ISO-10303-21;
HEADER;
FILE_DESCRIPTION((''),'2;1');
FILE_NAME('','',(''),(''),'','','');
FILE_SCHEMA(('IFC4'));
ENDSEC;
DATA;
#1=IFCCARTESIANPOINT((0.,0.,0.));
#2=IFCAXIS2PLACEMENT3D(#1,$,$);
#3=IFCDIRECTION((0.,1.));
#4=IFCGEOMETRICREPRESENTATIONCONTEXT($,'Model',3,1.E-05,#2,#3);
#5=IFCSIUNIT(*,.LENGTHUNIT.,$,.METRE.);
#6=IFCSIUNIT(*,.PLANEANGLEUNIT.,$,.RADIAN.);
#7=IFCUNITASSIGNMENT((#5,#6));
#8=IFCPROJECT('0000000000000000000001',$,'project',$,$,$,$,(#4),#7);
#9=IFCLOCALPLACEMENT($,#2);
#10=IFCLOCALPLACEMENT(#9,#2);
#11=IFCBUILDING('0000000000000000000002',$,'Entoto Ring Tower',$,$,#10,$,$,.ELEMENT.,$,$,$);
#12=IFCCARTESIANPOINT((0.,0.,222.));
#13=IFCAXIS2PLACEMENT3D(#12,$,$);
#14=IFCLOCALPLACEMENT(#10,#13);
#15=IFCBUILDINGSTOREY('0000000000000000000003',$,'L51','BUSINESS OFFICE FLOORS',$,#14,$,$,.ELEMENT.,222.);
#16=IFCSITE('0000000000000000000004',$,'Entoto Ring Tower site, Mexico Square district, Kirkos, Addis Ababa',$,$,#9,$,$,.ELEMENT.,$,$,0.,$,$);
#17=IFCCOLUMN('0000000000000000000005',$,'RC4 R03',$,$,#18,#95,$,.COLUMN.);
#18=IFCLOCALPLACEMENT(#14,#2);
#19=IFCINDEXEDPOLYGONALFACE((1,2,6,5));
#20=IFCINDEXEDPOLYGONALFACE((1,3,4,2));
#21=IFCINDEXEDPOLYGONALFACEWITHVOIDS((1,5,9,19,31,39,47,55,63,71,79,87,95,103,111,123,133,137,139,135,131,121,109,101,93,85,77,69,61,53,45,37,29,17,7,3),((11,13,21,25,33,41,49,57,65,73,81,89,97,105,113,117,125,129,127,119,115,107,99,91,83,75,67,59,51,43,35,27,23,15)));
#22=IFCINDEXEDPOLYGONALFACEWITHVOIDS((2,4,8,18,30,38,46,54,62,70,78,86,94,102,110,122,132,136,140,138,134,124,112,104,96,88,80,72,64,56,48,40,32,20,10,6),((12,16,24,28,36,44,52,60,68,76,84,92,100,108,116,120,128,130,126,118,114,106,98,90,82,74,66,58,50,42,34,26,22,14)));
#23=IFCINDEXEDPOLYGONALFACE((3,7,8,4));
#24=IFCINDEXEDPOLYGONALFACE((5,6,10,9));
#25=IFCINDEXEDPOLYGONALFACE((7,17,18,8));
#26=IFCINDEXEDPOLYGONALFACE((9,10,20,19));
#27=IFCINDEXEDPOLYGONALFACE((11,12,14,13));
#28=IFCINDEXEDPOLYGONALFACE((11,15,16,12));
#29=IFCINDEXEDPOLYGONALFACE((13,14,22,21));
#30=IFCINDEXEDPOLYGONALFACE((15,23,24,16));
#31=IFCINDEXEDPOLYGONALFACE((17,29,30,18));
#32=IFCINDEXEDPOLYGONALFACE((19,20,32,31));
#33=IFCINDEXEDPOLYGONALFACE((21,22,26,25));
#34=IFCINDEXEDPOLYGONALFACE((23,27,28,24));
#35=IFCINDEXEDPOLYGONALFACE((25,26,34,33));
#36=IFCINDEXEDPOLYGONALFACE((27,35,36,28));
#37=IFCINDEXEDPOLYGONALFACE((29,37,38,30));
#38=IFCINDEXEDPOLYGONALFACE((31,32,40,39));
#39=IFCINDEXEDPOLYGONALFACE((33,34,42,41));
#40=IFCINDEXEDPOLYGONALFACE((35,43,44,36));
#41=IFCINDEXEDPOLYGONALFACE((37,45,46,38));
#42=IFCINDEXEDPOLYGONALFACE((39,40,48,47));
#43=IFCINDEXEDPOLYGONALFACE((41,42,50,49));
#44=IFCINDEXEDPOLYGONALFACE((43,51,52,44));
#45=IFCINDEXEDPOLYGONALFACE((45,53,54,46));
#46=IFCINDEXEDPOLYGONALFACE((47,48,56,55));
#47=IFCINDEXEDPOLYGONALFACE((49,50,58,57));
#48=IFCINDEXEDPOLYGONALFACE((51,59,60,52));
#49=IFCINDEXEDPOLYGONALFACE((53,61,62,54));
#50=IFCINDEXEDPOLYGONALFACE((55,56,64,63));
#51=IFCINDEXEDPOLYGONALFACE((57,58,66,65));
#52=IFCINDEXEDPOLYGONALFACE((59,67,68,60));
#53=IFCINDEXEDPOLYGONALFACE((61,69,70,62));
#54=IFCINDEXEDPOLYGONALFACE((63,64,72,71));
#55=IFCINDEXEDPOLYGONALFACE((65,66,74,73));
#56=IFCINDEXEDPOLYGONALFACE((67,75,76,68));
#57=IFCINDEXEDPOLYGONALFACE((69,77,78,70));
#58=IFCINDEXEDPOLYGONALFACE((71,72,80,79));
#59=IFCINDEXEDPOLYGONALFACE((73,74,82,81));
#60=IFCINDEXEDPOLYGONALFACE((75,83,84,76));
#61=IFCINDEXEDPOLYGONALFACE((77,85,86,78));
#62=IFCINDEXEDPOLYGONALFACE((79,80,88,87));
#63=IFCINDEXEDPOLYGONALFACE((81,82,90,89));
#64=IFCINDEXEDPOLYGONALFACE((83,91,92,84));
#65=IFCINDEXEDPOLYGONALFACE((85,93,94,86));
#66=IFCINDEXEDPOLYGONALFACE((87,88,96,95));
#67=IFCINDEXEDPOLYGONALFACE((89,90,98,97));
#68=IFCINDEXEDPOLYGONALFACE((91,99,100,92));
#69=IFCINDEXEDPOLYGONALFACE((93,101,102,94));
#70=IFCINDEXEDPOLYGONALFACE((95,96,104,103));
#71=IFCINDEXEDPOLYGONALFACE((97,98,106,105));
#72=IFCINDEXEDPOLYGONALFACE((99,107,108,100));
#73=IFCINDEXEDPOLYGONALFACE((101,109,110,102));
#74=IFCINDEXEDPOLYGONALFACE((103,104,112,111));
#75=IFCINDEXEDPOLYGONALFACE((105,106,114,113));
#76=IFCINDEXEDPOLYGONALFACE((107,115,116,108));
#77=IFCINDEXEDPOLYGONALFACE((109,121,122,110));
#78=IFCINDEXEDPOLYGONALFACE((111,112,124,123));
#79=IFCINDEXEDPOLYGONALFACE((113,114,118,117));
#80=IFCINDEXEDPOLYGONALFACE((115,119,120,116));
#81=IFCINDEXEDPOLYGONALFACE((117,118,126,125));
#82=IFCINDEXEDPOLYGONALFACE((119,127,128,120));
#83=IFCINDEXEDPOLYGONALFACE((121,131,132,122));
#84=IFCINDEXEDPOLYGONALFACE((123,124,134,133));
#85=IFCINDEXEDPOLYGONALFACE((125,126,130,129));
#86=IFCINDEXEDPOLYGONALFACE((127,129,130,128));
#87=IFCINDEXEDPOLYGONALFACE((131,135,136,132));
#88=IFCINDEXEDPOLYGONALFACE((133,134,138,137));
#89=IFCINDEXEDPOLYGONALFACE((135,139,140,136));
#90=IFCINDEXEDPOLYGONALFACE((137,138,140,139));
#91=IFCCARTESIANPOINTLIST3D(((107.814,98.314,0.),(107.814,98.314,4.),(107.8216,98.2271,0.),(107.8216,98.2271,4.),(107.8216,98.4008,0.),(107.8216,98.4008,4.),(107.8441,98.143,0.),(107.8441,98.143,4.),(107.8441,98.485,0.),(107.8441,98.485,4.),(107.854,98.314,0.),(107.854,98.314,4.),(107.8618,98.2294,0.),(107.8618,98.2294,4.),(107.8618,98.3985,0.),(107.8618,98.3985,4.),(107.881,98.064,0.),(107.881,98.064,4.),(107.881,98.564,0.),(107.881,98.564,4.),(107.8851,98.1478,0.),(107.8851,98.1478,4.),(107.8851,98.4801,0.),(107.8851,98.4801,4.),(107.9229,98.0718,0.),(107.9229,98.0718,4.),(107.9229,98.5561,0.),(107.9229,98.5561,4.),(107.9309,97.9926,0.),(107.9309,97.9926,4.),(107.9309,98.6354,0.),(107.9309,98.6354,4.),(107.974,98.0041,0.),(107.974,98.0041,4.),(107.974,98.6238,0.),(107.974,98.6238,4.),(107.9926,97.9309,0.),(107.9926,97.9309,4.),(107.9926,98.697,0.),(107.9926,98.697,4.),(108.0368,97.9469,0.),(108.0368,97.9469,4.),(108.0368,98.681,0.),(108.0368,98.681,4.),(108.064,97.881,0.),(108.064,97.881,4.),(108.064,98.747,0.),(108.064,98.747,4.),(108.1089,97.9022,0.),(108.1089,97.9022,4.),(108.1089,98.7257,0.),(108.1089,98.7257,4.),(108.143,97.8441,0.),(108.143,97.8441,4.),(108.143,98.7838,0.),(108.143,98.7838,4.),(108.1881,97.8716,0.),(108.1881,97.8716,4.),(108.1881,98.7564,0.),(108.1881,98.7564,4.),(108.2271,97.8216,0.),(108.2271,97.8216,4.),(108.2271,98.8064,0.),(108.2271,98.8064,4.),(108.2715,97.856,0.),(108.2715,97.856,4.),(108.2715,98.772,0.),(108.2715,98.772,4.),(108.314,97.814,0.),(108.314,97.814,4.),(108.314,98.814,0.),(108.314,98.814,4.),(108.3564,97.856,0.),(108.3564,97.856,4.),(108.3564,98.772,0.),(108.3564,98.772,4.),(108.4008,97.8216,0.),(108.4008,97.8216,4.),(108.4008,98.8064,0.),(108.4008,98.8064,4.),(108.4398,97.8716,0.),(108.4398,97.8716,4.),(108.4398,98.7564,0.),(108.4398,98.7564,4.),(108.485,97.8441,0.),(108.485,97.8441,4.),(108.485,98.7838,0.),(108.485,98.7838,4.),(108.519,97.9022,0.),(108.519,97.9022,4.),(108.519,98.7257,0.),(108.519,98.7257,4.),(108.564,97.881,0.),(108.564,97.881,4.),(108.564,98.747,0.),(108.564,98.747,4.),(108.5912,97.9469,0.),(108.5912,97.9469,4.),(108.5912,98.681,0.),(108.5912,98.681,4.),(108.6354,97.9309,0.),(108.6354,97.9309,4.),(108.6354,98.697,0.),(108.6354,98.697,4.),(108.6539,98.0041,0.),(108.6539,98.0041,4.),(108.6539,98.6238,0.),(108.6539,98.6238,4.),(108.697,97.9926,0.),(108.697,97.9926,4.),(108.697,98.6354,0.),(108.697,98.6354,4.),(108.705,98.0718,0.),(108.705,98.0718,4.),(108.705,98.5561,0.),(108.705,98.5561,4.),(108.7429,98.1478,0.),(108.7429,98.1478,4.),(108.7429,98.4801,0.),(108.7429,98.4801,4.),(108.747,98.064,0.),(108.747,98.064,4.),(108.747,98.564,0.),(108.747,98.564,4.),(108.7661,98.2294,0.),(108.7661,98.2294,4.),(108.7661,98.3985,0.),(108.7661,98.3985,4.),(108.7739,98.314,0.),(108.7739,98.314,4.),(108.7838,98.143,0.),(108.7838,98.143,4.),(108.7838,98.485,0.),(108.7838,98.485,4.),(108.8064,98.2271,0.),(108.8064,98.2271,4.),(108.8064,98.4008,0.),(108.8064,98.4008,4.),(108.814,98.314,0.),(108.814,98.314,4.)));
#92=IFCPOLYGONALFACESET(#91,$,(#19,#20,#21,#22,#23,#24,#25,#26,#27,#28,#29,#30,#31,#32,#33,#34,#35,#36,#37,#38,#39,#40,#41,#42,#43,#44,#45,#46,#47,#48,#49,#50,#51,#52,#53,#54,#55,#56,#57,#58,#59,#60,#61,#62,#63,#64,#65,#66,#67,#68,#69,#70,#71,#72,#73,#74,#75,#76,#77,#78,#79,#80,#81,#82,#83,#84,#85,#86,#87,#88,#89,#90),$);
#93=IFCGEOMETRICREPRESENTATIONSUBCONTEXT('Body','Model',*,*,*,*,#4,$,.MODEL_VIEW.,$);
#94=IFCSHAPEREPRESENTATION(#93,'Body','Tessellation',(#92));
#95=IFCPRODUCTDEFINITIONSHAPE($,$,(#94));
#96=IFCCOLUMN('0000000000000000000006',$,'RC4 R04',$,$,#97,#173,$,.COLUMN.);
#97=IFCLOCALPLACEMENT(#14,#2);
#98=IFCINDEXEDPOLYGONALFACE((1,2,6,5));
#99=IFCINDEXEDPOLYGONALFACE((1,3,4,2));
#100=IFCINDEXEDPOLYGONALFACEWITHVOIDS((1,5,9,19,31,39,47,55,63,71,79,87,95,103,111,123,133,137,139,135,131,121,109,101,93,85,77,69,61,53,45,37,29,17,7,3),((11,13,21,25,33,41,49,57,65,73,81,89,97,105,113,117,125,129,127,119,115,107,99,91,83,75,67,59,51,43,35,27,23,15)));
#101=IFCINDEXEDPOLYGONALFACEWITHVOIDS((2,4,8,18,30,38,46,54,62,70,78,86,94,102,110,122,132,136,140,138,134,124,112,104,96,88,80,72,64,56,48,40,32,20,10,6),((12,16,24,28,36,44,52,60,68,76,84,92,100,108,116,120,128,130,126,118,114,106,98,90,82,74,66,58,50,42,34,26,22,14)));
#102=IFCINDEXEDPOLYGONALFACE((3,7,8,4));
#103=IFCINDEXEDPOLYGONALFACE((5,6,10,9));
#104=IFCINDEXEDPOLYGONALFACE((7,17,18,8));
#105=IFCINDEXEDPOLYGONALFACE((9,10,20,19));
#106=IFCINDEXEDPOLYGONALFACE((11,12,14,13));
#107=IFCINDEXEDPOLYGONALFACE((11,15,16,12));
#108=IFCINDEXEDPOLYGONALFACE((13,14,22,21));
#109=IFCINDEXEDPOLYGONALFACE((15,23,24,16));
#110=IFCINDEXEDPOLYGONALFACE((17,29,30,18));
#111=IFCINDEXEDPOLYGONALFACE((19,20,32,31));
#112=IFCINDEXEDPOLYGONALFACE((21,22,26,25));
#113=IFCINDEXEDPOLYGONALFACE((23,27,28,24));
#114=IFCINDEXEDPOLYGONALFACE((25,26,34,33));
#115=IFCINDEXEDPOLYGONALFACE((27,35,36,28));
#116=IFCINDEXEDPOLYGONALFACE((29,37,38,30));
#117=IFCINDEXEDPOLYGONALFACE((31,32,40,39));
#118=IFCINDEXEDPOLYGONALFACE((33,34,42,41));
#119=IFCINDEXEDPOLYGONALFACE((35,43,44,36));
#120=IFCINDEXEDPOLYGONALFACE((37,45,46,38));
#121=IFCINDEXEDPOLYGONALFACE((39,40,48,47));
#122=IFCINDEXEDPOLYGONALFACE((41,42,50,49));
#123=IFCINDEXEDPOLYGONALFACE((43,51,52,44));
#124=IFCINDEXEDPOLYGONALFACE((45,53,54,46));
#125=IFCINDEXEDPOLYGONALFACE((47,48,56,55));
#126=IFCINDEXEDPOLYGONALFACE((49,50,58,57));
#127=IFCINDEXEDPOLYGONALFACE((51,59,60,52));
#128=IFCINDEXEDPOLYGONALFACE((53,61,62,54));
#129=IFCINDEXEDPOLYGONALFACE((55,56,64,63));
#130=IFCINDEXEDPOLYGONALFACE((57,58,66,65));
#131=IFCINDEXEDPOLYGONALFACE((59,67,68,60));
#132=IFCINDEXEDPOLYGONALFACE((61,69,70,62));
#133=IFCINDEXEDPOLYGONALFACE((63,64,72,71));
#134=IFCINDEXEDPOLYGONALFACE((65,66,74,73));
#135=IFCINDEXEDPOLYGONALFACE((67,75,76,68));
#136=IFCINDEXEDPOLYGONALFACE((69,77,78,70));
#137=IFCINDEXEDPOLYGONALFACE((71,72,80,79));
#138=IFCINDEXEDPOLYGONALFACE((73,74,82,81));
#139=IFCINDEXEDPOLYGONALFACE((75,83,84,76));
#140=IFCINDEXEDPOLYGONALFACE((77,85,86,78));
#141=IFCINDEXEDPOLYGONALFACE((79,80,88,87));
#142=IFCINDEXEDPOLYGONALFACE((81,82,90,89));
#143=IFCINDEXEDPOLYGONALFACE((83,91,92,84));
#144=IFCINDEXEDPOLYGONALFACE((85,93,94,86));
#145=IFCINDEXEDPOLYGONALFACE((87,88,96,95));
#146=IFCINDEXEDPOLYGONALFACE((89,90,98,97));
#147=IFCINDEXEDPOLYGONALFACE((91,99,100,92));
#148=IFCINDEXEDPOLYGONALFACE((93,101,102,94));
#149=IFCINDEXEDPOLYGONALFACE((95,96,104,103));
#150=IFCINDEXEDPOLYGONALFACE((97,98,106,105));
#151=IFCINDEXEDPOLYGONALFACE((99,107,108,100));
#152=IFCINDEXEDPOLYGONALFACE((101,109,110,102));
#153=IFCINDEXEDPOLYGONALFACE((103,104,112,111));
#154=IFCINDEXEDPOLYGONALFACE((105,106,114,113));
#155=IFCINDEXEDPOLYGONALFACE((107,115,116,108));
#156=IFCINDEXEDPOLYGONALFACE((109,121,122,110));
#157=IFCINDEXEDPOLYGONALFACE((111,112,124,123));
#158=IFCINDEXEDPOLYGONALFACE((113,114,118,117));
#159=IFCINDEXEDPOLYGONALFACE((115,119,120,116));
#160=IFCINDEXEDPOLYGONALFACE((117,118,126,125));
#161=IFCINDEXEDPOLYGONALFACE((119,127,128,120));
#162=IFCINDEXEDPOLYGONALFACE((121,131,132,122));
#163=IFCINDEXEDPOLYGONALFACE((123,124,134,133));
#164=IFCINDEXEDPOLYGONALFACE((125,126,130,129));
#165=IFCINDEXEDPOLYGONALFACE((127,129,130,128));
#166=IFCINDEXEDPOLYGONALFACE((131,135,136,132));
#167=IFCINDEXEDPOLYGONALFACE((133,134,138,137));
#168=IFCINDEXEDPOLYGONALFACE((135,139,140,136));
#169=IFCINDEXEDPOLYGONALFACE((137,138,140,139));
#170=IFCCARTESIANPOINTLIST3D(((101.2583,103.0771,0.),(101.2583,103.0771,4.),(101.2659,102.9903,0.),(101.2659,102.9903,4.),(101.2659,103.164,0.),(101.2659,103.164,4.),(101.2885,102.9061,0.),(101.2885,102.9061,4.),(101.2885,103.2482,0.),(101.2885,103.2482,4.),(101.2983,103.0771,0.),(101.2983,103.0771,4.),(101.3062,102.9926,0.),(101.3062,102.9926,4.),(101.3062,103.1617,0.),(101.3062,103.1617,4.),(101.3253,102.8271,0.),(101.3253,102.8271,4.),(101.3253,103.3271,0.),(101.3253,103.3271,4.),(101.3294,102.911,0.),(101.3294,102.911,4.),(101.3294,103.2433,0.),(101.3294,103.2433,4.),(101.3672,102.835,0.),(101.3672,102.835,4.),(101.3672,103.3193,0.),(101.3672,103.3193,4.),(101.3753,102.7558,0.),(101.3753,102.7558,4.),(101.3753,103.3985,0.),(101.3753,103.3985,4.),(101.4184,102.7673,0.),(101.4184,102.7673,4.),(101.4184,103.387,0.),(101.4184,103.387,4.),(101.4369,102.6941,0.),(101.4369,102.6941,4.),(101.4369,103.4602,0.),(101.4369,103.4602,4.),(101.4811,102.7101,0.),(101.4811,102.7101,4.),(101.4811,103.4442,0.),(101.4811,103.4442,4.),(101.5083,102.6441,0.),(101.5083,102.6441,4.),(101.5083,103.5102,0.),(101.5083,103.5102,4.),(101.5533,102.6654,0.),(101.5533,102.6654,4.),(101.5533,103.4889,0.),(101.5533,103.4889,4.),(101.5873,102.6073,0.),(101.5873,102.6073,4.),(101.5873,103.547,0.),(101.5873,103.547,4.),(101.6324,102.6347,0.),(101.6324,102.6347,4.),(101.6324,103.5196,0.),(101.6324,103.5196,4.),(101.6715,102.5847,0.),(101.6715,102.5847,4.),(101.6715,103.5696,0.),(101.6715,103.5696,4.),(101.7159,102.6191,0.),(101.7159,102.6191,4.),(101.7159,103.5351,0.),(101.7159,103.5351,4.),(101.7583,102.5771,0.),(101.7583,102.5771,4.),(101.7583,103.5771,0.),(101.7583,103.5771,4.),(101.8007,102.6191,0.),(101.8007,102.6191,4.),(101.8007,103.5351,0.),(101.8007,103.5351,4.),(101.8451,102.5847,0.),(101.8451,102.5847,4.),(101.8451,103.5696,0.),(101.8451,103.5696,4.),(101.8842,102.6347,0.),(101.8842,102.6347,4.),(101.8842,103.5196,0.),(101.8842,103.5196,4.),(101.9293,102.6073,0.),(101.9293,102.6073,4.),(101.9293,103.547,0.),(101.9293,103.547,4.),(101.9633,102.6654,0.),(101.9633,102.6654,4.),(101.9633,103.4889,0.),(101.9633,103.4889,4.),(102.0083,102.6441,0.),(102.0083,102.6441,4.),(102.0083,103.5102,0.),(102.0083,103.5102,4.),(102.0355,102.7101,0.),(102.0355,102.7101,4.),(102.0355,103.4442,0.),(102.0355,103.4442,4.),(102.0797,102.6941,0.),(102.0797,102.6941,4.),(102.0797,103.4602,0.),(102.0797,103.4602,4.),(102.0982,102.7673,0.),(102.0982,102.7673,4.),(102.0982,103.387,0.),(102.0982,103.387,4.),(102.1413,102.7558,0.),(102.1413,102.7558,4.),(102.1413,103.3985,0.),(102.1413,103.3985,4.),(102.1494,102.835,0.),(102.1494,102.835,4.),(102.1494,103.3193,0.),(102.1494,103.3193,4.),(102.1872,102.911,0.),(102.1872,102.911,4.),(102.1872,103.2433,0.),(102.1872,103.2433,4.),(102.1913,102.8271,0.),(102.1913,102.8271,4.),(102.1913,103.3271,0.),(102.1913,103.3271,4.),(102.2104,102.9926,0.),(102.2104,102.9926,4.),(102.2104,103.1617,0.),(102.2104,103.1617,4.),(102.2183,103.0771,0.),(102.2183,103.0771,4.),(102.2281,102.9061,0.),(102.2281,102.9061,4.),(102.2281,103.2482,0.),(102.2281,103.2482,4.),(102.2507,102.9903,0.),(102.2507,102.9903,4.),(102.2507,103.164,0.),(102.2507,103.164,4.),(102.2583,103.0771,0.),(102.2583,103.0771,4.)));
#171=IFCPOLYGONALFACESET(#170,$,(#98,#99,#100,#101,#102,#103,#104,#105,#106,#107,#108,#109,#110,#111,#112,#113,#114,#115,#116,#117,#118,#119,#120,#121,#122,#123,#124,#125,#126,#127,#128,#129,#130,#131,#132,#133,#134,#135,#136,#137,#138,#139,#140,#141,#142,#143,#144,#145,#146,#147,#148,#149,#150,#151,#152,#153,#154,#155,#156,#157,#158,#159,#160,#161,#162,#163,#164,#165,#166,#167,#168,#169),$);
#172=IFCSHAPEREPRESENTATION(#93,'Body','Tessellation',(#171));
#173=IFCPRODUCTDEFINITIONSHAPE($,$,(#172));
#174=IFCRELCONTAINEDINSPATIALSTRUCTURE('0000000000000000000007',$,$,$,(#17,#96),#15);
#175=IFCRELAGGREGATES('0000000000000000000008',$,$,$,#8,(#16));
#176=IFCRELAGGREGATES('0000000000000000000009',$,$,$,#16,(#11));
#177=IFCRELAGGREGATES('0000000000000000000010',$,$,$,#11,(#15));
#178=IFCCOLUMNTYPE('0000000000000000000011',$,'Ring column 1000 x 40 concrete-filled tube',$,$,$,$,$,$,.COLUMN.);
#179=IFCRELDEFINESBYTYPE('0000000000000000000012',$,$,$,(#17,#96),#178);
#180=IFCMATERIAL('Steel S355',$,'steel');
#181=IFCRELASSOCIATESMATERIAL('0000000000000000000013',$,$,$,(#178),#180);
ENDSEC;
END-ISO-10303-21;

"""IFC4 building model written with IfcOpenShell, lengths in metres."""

from ifc_helpers import new_model, si_unit, direction, frame, origin, origin_2d, place, context, subcontext, project, spatial, circle, hollow_circle, extrude, material, material_profile, profile_set, type_object, element, save


model = new_model("IFC4")

# Units and contexts
model_context = context("Model", 3, precision=1e-05, world=origin(), true_north=direction((0.0, 1.0)))
body_context = subcontext(model_context, "Body", "Model", "MODEL_VIEW")
ifc_project = project(units=[si_unit("LENGTHUNIT", "METRE"), si_unit("PLANEANGLEUNIT", "RADIAN")], contexts=[model_context])

# Site, building, storey
site_placement = place(None, origin())
site = spatial("IfcSite", under=ifc_project, at=site_placement, Name="Entoto Ring Tower site, Mexico Square district, Kirkos, Addis Ababa", CompositionType="ELEMENT", RefElevation=0.0)
building_placement = place(site_placement, origin())
building = spatial("IfcBuilding", under=site, at=building_placement, Name="Entoto Ring Tower", CompositionType="ELEMENT")
storey_placement = place(building_placement, frame((0.0, 0.0, 222.0)))
storey = spatial("IfcBuildingStorey", under=building, at=storey_placement, Name="L51", Description="BUSINESS OFFICE FLOORS", CompositionType="ELEMENT", Elevation=222.0)

# Columns
ifc_material_1 = material(Name="Steel S355", Category="steel")
ifc_material_profile_1 = material_profile(ifc_material_1, hollow_circle(Radius=0.5, WallThickness=0.04, at=origin_2d()), Name="CHS 1000 x 40")
ifc_material_2 = material(Name="Concrete C60/75", Category="concrete")
ifc_material_profile_2 = material_profile(ifc_material_2, circle(Radius=0.46, at=origin_2d()), Name="Concrete C60/75 infill")
ifc_profile_set_1 = profile_set([ifc_material_profile_1, ifc_material_profile_2], Name="Steel S355")
column_type = type_object("IfcColumnType", Name="Ring column 1000 x 40 concrete-filled tube", PredefinedType="COLUMN", material=ifc_profile_set_1)
for number, where, z_axis, x_axis, name in (
    (1, (108.314, 98.314, 0.0), (0.0, 0.0, 1.0), (1.0, 0.0, 0.0), "RC4 R03"),
    (2, (101.7583, 103.0771, 0.0), (0.0, 0.0, 1.0), (1.0, 0.0, 0.0), "RC4 R04"),
):
    element("IfcColumn", number, at=place(storey_placement, frame(where, z_axis=z_axis, x_axis=x_axis)), inside=storey, type_object=column_type, Name=name, PredefinedType="COLUMN", context=body_context, shape_type="SweptSolid", body=[
        extrude(hollow_circle(Radius=0.5, WallThickness=0.04, at=origin_2d()), origin(), (0.0, 0.0, 1.0), 4.0),
    ])

save(model, "model.ifc")
